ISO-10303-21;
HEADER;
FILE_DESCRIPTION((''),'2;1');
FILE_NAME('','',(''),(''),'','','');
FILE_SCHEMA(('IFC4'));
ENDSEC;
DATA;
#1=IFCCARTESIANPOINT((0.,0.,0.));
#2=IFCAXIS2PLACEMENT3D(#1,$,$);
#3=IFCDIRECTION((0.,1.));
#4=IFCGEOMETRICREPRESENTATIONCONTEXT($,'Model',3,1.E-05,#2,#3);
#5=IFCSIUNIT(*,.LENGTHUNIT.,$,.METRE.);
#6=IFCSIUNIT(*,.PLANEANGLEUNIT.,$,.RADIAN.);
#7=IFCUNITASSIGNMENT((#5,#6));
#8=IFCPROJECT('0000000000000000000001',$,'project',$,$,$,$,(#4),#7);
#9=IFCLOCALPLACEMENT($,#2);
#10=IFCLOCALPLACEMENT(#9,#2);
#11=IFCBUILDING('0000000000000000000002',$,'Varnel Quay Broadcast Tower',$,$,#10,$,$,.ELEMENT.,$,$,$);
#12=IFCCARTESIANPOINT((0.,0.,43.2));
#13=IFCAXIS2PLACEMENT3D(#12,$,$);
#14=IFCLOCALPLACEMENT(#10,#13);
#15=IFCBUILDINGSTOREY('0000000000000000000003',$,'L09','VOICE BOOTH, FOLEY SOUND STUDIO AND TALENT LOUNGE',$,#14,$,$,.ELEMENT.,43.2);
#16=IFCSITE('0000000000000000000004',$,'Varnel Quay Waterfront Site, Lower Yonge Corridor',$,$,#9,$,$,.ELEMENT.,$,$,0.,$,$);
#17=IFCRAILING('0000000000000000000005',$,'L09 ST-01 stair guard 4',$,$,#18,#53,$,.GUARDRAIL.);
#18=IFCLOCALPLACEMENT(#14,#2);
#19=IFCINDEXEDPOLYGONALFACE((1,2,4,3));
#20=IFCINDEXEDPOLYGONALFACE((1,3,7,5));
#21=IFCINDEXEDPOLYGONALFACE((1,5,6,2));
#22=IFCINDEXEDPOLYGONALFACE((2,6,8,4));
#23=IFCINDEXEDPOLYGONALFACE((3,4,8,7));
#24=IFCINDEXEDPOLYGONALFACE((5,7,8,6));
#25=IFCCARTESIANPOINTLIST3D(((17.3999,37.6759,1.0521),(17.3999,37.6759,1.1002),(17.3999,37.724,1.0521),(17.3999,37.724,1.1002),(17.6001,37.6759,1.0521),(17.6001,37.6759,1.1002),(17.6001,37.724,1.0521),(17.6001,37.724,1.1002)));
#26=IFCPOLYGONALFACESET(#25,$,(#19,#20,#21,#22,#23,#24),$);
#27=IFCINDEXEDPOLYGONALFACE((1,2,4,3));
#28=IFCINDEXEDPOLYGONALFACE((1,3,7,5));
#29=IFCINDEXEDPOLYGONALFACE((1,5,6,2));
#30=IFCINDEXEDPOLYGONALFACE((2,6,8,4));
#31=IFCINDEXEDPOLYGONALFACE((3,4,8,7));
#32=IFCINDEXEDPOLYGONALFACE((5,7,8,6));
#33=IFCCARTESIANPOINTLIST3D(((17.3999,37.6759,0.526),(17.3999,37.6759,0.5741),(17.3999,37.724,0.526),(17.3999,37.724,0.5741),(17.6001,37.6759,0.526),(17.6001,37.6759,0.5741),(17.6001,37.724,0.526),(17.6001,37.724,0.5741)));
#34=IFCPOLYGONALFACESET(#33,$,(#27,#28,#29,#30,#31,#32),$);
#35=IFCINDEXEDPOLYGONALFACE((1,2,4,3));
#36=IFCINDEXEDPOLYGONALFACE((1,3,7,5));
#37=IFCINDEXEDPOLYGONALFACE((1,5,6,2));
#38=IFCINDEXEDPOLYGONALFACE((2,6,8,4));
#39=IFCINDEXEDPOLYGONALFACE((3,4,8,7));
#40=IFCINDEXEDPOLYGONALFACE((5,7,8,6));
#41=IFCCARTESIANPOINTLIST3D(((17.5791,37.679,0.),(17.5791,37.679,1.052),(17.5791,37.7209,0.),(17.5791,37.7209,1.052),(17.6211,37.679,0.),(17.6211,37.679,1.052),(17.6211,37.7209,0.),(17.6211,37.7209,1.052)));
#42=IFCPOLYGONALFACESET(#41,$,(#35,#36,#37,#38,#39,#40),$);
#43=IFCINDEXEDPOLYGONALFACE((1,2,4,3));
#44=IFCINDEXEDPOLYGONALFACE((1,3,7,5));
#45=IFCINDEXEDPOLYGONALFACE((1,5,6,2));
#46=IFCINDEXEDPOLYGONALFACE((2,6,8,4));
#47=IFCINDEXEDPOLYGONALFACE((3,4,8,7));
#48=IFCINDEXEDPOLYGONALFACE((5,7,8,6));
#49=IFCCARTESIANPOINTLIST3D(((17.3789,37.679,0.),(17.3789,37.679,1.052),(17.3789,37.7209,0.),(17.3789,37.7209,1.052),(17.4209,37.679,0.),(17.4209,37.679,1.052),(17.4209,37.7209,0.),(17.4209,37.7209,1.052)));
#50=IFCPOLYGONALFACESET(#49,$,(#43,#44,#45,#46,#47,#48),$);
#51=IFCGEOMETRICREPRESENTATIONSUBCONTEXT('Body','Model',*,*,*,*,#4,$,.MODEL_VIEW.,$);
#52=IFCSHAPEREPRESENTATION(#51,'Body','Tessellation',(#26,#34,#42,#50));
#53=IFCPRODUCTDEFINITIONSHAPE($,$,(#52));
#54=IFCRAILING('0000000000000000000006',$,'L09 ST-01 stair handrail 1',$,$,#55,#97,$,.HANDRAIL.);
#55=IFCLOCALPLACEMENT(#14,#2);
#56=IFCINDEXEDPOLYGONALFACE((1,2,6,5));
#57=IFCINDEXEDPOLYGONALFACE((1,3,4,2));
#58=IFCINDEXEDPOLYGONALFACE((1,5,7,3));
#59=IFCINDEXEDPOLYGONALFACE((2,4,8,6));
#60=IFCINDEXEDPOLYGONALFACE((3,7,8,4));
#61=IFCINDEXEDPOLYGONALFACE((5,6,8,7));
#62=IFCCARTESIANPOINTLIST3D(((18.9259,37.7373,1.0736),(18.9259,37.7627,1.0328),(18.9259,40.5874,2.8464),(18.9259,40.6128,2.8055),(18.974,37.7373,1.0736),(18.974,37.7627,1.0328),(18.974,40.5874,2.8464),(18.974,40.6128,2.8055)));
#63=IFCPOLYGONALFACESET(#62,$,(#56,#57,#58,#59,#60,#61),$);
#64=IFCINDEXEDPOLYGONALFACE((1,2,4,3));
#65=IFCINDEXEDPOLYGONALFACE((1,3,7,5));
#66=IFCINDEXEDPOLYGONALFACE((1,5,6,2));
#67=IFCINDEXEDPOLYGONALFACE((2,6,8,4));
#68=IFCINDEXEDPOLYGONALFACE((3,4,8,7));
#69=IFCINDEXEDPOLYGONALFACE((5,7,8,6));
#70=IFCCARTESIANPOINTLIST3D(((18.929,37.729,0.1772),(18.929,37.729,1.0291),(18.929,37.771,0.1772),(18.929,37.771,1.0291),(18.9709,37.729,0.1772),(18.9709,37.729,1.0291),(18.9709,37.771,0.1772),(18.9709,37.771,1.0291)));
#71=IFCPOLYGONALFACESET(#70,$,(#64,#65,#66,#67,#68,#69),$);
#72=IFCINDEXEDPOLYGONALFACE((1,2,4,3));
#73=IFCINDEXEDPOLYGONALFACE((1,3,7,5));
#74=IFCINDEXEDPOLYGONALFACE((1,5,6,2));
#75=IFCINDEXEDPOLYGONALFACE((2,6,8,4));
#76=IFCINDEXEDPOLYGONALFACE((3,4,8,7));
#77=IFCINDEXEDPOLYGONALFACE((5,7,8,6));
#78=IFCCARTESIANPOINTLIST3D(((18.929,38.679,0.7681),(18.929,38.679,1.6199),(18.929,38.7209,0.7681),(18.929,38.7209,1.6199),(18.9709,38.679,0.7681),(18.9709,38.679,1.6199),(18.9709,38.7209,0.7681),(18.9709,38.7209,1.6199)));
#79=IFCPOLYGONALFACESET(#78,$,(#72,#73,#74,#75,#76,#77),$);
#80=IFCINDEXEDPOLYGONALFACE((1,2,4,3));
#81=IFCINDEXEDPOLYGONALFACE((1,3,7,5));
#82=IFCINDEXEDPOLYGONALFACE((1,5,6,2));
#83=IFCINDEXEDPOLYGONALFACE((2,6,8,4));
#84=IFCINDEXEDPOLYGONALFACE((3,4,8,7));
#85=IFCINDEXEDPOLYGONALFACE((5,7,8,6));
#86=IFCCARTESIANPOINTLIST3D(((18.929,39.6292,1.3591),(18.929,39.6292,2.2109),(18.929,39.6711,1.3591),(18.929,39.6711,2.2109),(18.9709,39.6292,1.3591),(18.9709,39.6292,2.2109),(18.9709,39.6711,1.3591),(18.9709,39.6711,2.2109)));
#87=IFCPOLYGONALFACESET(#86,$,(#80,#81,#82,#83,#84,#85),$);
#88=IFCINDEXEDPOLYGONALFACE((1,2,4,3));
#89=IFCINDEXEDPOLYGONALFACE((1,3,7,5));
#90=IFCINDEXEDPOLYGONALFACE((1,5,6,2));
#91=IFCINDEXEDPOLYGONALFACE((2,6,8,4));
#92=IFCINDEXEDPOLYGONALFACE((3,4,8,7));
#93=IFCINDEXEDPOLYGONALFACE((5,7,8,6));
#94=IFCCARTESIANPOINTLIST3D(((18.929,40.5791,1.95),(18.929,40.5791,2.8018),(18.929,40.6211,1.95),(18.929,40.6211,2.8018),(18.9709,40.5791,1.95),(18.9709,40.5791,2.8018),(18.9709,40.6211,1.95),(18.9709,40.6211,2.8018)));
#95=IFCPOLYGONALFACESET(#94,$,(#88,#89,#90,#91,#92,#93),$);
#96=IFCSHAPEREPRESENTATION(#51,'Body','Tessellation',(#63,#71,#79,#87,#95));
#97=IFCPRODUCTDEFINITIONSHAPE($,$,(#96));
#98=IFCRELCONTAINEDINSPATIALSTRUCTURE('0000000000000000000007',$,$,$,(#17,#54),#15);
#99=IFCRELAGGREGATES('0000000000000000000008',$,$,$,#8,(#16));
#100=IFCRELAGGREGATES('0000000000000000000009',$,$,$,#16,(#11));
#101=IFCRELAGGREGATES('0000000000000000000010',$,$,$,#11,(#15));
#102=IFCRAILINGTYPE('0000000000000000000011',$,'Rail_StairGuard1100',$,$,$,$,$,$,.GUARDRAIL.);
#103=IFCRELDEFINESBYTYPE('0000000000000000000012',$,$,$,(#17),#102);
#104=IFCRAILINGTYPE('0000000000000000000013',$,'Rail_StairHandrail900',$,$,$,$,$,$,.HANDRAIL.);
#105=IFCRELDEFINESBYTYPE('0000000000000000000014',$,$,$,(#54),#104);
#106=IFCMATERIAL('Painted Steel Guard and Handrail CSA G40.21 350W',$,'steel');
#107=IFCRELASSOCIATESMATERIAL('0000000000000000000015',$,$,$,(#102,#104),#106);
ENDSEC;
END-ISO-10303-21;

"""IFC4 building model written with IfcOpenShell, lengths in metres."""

from ifc_helpers import new_model, si_unit, direction, frame, origin, origin_2d, place, context, subcontext, project, spatial, rectangle, extrude, material, type_object, element, save


model = new_model("IFC4")

# Units and contexts
model_context = context("Model", 3, precision=1e-05, world=origin(), true_north=direction((0.0, 1.0)))
body_context = subcontext(model_context, "Body", "Model", "MODEL_VIEW")
ifc_project = project(units=[si_unit("LENGTHUNIT", "METRE"), si_unit("PLANEANGLEUNIT", "RADIAN")], contexts=[model_context])

# Site, building, storey
site_placement = place(None, origin())
site = spatial("IfcSite", under=ifc_project, at=site_placement, Name="Varnel Quay Waterfront Site, Lower Yonge Corridor", CompositionType="ELEMENT", RefElevation=0.0)
building_placement = place(site_placement, origin())
building = spatial("IfcBuilding", under=site, at=building_placement, Name="Varnel Quay Broadcast Tower", CompositionType="ELEMENT")
storey_placement = place(building_placement, frame((0.0, 0.0, 43.2)))
storey = spatial("IfcBuildingStorey", under=building, at=storey_placement, Name="L09", Description="VOICE BOOTH, FOLEY SOUND STUDIO AND TALENT LOUNGE", CompositionType="ELEMENT", Elevation=43.2)

# Railings
ifc_material_1 = material(Name="Painted Steel Guard and Handrail CSA G40.21 350W", Category="steel")
railing_type_1 = type_object("IfcRailingType", Name="Rail_StairGuard1100", PredefinedType="GUARDRAIL", material=ifc_material_1)
railing_1_placement = place(storey_placement, frame((17.6001, 37.7, 0.0)))
element("IfcRailing", 1, at=railing_1_placement, inside=storey, type_object=railing_type_1, Name="L09 ST-01 stair guard 4", PredefinedType="GUARDRAIL", context=body_context, shape_type="SweptSolid", body=[
    extrude(rectangle(XDim=0.0481, YDim=0.0481, at=origin_2d()), frame((0.0, 0.0, 1.0762), z_axis=(-1.0, 0.0, 0.0), x_axis=(0.0, -1.0, 0.0)), (0.0, 0.0, 1.0), 0.2002),
    extrude(rectangle(XDim=0.0481, YDim=0.0481, at=origin_2d()), frame((0.0, 0.0, 0.55), z_axis=(-1.0, 0.0, 0.0), x_axis=(0.0, -1.0, 0.0)), (0.0, 0.0, 1.0), 0.2002),
    extrude(rectangle(XDim=0.042, YDim=0.042, at=origin_2d()), origin(), (0.0, 0.0, 1.0), 1.052),
    extrude(rectangle(XDim=0.042, YDim=0.042, at=origin_2d()), frame((-0.2002, 0.0, 0.0)), (0.0, 0.0, 1.0), 1.052),
])
railing_type_2 = type_object("IfcRailingType", Name="Rail_StairHandrail900", PredefinedType="HANDRAIL", material=ifc_material_1)
railing_2_placement = place(storey_placement, frame((18.95, 37.75, 0.1772)))
element("IfcRailing", 2, at=railing_2_placement, inside=storey, type_object=railing_type_2, Name="L09 ST-01 stair handrail 1", PredefinedType="HANDRAIL", context=body_context, shape_type="SweptSolid", body=[
    extrude(rectangle(XDim=0.0481, YDim=0.0481, at=origin_2d()), frame((0.0, 0.0, 0.876), z_axis=(0.0, 0.849149, 0.528154), x_axis=(-1.0, 0.0, 0.0)), (0.0, 0.0, 1.0), 3.3564),
    extrude(rectangle(XDim=0.042, YDim=0.042, at=origin_2d()), origin(), (0.0, 0.0, 1.0), 0.8518),
    extrude(rectangle(XDim=0.042, YDim=0.042, at=origin_2d()), frame((0.0, 0.95, 0.5908)), (0.0, 0.0, 1.0), 0.8518),
    extrude(rectangle(XDim=0.042, YDim=0.042, at=origin_2d()), frame((0.0, 1.9001, 1.1819)), (0.0, 0.0, 1.0), 0.8518),
    extrude(rectangle(XDim=0.042, YDim=0.042, at=origin_2d()), frame((0.0, 2.8501, 1.7727)), (0.0, 0.0, 1.0), 0.8518),
])

save(model, "model.ifc")
